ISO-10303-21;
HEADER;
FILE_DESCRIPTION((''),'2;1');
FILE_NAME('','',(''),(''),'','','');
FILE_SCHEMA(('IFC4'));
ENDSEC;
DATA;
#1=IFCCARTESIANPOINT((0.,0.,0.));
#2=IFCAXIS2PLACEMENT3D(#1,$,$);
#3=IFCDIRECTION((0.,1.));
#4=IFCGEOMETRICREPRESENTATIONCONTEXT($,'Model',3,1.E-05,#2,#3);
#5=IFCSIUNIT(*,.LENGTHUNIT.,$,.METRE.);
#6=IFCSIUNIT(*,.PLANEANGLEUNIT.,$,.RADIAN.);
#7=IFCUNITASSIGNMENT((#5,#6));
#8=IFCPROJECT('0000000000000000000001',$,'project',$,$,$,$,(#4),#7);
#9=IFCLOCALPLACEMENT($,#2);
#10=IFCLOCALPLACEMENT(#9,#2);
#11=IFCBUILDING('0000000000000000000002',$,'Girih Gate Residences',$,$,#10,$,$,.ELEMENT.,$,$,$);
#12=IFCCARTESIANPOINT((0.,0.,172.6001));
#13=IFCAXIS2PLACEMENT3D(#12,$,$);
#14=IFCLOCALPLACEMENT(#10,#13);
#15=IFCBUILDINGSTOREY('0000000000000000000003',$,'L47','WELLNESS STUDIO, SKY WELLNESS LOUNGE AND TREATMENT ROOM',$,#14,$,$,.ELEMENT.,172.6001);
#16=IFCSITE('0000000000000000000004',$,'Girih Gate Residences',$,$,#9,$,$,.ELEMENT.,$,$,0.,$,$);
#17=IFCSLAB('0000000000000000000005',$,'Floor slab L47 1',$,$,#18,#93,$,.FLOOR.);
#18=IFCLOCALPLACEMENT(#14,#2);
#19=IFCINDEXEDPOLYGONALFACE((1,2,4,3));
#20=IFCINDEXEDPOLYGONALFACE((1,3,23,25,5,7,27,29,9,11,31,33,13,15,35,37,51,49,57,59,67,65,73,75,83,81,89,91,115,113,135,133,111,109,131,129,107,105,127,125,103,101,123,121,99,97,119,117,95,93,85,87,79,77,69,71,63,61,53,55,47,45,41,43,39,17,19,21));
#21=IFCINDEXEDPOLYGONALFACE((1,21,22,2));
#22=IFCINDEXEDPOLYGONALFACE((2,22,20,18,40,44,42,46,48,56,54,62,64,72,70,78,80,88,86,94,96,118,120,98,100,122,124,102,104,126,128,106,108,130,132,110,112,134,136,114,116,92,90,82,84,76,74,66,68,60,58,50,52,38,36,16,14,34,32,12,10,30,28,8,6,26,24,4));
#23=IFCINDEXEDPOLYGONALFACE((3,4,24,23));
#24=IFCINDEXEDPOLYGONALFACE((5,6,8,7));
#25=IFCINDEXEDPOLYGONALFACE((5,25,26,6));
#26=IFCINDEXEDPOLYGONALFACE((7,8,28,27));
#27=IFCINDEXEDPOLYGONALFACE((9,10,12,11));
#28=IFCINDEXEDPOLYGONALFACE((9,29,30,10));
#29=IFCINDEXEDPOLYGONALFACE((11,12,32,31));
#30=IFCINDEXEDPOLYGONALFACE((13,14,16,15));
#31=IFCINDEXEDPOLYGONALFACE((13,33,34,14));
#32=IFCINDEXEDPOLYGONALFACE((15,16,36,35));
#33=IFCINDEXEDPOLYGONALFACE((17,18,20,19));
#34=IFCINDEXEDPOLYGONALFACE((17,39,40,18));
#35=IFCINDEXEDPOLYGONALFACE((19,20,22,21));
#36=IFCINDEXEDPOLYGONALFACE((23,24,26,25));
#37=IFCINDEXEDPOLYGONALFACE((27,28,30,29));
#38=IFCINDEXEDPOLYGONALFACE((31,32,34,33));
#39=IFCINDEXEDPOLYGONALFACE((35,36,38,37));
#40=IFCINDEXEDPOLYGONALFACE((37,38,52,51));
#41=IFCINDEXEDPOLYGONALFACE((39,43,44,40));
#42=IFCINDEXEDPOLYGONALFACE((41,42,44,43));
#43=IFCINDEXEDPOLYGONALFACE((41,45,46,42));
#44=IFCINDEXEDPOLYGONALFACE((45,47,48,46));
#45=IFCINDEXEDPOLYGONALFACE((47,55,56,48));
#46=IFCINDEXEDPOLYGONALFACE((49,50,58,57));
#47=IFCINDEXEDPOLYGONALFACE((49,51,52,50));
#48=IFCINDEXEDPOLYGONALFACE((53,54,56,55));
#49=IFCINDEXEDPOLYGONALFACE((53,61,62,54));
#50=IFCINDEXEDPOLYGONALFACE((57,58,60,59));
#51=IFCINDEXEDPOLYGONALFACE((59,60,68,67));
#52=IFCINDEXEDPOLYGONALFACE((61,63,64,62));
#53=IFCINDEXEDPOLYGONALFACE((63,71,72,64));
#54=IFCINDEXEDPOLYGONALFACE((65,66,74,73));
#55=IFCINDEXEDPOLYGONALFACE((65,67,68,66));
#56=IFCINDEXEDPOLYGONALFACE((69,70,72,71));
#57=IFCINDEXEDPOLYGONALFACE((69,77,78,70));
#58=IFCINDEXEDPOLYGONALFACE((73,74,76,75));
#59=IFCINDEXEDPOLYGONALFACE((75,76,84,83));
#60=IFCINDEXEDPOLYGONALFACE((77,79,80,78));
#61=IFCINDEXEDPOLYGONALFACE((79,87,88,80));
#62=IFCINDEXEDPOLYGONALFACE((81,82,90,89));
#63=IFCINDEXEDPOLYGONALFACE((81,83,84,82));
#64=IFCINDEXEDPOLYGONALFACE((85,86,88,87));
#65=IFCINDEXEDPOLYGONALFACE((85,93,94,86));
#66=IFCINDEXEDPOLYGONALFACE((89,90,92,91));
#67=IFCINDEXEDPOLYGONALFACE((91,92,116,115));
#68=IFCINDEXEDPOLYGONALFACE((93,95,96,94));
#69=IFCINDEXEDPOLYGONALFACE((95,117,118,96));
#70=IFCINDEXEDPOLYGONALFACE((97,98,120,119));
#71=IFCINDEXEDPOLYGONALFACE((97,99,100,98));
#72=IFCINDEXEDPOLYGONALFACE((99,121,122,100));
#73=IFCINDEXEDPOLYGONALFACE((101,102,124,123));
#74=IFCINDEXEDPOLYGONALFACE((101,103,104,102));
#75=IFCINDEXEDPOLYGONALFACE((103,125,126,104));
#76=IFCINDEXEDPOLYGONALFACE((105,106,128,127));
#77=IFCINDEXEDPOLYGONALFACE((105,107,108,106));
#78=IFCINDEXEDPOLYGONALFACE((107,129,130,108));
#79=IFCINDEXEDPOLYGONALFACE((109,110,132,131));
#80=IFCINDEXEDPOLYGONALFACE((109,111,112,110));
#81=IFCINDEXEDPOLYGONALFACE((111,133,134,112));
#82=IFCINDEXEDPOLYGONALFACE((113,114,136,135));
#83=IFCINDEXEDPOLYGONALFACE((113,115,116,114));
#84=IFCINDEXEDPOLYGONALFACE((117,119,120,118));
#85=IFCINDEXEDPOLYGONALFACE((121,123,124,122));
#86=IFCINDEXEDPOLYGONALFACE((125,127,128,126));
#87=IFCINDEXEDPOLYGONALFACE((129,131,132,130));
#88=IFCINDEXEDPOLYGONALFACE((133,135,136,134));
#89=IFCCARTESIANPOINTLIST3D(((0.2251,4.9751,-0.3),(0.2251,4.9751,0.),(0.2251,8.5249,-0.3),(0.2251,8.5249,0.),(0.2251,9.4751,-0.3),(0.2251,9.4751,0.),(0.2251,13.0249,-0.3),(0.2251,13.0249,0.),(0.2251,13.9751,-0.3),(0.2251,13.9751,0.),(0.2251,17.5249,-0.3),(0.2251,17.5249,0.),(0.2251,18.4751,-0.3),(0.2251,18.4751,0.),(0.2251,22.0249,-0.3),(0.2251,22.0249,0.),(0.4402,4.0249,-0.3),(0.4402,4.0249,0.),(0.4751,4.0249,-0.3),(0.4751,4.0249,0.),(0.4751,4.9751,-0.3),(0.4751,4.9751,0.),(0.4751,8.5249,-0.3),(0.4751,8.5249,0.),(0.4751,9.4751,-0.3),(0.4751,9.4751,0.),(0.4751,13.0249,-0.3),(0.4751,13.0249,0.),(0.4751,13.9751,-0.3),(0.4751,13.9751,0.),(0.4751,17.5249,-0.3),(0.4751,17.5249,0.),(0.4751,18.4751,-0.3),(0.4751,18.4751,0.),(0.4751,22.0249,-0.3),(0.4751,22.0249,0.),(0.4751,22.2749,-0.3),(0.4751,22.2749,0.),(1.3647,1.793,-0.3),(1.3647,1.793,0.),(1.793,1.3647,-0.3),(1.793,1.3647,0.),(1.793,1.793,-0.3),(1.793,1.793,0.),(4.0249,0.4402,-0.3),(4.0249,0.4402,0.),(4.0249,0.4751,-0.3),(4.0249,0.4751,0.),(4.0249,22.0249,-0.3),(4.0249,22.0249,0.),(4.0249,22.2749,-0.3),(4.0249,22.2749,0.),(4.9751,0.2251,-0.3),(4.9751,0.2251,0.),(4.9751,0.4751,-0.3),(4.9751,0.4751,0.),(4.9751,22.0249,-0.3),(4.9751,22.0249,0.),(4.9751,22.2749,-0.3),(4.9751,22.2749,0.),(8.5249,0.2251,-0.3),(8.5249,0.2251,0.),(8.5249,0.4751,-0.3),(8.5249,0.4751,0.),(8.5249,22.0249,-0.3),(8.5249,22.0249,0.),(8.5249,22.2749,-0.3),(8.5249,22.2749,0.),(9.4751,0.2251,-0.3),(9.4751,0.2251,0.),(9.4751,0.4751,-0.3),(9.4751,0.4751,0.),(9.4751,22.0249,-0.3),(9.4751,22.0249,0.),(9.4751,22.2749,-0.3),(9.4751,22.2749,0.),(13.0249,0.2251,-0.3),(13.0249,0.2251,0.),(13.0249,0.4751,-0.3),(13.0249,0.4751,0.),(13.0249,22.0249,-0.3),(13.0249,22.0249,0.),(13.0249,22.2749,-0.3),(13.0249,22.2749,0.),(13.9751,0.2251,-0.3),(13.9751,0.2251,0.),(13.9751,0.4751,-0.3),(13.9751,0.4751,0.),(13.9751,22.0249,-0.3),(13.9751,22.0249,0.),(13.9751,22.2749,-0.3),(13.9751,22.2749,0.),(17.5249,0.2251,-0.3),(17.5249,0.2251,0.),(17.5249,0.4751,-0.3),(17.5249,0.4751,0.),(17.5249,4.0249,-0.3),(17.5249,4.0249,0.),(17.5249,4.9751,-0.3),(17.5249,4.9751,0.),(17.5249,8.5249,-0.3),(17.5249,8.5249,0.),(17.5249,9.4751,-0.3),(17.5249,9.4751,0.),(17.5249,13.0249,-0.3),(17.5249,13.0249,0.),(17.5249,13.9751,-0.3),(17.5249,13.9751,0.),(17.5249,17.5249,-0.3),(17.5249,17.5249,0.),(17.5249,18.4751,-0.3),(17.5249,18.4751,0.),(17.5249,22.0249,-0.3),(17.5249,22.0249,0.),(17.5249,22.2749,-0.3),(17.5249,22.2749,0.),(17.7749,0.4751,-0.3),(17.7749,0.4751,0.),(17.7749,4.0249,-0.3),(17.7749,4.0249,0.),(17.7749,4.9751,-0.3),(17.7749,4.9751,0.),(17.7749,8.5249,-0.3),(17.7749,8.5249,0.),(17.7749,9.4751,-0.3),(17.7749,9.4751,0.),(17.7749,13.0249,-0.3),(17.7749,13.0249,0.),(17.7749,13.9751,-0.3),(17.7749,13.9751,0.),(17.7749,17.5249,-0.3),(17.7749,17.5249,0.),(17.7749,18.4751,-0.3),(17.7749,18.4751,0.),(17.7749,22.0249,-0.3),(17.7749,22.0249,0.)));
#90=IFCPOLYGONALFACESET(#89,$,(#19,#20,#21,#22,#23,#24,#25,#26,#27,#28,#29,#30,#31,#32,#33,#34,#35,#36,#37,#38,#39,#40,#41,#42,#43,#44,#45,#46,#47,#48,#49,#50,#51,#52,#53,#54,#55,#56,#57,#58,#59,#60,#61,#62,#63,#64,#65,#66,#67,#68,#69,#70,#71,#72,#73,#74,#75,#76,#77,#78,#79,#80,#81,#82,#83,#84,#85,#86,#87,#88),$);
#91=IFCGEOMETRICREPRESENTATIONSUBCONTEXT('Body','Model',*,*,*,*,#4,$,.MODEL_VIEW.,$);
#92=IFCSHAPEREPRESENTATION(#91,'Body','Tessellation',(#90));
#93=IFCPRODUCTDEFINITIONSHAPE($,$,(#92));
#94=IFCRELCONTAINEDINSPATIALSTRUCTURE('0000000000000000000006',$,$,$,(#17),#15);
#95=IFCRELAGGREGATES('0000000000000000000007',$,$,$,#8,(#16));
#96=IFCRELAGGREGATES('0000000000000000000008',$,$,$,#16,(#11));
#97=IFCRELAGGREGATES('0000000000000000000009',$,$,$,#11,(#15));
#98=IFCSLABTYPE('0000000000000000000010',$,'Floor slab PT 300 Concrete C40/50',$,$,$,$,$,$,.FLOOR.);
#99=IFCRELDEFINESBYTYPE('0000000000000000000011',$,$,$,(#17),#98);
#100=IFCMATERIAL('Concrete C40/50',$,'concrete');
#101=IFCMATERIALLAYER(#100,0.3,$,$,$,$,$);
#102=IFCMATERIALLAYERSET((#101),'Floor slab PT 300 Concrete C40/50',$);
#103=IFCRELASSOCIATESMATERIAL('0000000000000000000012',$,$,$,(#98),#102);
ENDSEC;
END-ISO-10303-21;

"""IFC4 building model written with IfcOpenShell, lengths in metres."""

from ifc_helpers import new_model, si_unit, direction, frame, origin, place, context, subcontext, project, spatial, polyline, outline, extrude, material, layer, layer_set, type_object, element, save


model = new_model("IFC4")

# Units and contexts
model_context = context("Model", 3, precision=1e-05, world=origin(), true_north=direction((0.0, 1.0)))
body_context = subcontext(model_context, "Body", "Model", "MODEL_VIEW")
ifc_project = project(units=[si_unit("LENGTHUNIT", "METRE"), si_unit("PLANEANGLEUNIT", "RADIAN")], contexts=[model_context])

# Site, building, storey
site_placement = place(None, origin())
site = spatial("IfcSite", under=ifc_project, at=site_placement, Name="Girih Gate Residences", CompositionType="ELEMENT", RefElevation=0.0)
building_placement = place(site_placement, origin())
building = spatial("IfcBuilding", under=site, at=building_placement, Name="Girih Gate Residences", CompositionType="ELEMENT")
storey_placement = place(building_placement, frame((0.0, 0.0, 172.6001)))
storey = spatial("IfcBuildingStorey", under=building, at=storey_placement, Name="L47", Description="WELLNESS STUDIO, SKY WELLNESS LOUNGE AND TREATMENT ROOM", CompositionType="ELEMENT", Elevation=172.6001)

# Slab
ifc_material_1 = material(Name="Concrete C40/50", Category="concrete")
ifc_layer_1 = layer(ifc_material_1, 0.3)
ifc_layer_set_1 = layer_set([ifc_layer_1], Name="Floor slab PT 300 Concrete C40/50")
slab_type_1 = type_object("IfcSlabType", Name="Floor slab PT 300 Concrete C40/50", PredefinedType="FLOOR", material=ifc_layer_set_1)
slab_1_placement = place(storey_placement, frame((0.0, 0.0, -0.3)))
element("IfcSlab", 1, at=slab_1_placement, inside=storey, type_object=slab_type_1, Name="Floor slab L47 1", PredefinedType="FLOOR", context=body_context, shape_type="SweptSolid", body=[
    extrude(outline(polyline([(0.2251, 8.5249), (0.2251, 4.9751), (0.4751, 4.9751), (0.4751, 4.0249), (0.4402, 4.0249), (1.3647, 1.793), (1.793, 1.793), (1.793, 1.3647), (4.0249, 0.4402), (4.0249, 0.4751), (4.9751, 0.4751), (4.9751, 0.2251), (8.5249, 0.2251), (8.5249, 0.4751), (9.4751, 0.4751), (9.4751, 0.2251), (13.0249, 0.2251), (13.0249, 0.4751), (13.9751, 0.4751), (13.9751, 0.2251), (17.5249, 0.2251), (17.5249, 0.4751), (17.7749, 0.4751), (17.7749, 4.0249), (17.5249, 4.0249), (17.5249, 4.9751), (17.7749, 4.9751), (17.7749, 8.5249), (17.5249, 8.5249), (17.5249, 9.4751), (17.7749, 9.4751), (17.7749, 13.0249), (17.5249, 13.0249), (17.5249, 13.9751), (17.7749, 13.9751), (17.7749, 17.5249), (17.5249, 17.5249), (17.5249, 18.4751), (17.7749, 18.4751), (17.7749, 22.0249), (17.5249, 22.0249), (17.5249, 22.2749), (13.9751, 22.2749), (13.9751, 22.0249), (13.0249, 22.0249), (13.0249, 22.2749), (9.4751, 22.2749), (9.4751, 22.0249), (8.5249, 22.0249), (8.5249, 22.2749), (4.9751, 22.2749), (4.9751, 22.0249), (4.0249, 22.0249), (4.0249, 22.2749), (0.4751, 22.2749), (0.4751, 22.0249), (0.2251, 22.0249), (0.2251, 18.4751), (0.4751, 18.4751), (0.4751, 17.5249), (0.2251, 17.5249), (0.2251, 13.9751), (0.4751, 13.9751), (0.4751, 13.0249), (0.2251, 13.0249), (0.2251, 9.4751), (0.4751, 9.4751), (0.4751, 8.5249), (0.2251, 8.5249)])), origin(), (0.0, 0.0, 1.0), 0.3),
])

save(model, "model.ifc")
